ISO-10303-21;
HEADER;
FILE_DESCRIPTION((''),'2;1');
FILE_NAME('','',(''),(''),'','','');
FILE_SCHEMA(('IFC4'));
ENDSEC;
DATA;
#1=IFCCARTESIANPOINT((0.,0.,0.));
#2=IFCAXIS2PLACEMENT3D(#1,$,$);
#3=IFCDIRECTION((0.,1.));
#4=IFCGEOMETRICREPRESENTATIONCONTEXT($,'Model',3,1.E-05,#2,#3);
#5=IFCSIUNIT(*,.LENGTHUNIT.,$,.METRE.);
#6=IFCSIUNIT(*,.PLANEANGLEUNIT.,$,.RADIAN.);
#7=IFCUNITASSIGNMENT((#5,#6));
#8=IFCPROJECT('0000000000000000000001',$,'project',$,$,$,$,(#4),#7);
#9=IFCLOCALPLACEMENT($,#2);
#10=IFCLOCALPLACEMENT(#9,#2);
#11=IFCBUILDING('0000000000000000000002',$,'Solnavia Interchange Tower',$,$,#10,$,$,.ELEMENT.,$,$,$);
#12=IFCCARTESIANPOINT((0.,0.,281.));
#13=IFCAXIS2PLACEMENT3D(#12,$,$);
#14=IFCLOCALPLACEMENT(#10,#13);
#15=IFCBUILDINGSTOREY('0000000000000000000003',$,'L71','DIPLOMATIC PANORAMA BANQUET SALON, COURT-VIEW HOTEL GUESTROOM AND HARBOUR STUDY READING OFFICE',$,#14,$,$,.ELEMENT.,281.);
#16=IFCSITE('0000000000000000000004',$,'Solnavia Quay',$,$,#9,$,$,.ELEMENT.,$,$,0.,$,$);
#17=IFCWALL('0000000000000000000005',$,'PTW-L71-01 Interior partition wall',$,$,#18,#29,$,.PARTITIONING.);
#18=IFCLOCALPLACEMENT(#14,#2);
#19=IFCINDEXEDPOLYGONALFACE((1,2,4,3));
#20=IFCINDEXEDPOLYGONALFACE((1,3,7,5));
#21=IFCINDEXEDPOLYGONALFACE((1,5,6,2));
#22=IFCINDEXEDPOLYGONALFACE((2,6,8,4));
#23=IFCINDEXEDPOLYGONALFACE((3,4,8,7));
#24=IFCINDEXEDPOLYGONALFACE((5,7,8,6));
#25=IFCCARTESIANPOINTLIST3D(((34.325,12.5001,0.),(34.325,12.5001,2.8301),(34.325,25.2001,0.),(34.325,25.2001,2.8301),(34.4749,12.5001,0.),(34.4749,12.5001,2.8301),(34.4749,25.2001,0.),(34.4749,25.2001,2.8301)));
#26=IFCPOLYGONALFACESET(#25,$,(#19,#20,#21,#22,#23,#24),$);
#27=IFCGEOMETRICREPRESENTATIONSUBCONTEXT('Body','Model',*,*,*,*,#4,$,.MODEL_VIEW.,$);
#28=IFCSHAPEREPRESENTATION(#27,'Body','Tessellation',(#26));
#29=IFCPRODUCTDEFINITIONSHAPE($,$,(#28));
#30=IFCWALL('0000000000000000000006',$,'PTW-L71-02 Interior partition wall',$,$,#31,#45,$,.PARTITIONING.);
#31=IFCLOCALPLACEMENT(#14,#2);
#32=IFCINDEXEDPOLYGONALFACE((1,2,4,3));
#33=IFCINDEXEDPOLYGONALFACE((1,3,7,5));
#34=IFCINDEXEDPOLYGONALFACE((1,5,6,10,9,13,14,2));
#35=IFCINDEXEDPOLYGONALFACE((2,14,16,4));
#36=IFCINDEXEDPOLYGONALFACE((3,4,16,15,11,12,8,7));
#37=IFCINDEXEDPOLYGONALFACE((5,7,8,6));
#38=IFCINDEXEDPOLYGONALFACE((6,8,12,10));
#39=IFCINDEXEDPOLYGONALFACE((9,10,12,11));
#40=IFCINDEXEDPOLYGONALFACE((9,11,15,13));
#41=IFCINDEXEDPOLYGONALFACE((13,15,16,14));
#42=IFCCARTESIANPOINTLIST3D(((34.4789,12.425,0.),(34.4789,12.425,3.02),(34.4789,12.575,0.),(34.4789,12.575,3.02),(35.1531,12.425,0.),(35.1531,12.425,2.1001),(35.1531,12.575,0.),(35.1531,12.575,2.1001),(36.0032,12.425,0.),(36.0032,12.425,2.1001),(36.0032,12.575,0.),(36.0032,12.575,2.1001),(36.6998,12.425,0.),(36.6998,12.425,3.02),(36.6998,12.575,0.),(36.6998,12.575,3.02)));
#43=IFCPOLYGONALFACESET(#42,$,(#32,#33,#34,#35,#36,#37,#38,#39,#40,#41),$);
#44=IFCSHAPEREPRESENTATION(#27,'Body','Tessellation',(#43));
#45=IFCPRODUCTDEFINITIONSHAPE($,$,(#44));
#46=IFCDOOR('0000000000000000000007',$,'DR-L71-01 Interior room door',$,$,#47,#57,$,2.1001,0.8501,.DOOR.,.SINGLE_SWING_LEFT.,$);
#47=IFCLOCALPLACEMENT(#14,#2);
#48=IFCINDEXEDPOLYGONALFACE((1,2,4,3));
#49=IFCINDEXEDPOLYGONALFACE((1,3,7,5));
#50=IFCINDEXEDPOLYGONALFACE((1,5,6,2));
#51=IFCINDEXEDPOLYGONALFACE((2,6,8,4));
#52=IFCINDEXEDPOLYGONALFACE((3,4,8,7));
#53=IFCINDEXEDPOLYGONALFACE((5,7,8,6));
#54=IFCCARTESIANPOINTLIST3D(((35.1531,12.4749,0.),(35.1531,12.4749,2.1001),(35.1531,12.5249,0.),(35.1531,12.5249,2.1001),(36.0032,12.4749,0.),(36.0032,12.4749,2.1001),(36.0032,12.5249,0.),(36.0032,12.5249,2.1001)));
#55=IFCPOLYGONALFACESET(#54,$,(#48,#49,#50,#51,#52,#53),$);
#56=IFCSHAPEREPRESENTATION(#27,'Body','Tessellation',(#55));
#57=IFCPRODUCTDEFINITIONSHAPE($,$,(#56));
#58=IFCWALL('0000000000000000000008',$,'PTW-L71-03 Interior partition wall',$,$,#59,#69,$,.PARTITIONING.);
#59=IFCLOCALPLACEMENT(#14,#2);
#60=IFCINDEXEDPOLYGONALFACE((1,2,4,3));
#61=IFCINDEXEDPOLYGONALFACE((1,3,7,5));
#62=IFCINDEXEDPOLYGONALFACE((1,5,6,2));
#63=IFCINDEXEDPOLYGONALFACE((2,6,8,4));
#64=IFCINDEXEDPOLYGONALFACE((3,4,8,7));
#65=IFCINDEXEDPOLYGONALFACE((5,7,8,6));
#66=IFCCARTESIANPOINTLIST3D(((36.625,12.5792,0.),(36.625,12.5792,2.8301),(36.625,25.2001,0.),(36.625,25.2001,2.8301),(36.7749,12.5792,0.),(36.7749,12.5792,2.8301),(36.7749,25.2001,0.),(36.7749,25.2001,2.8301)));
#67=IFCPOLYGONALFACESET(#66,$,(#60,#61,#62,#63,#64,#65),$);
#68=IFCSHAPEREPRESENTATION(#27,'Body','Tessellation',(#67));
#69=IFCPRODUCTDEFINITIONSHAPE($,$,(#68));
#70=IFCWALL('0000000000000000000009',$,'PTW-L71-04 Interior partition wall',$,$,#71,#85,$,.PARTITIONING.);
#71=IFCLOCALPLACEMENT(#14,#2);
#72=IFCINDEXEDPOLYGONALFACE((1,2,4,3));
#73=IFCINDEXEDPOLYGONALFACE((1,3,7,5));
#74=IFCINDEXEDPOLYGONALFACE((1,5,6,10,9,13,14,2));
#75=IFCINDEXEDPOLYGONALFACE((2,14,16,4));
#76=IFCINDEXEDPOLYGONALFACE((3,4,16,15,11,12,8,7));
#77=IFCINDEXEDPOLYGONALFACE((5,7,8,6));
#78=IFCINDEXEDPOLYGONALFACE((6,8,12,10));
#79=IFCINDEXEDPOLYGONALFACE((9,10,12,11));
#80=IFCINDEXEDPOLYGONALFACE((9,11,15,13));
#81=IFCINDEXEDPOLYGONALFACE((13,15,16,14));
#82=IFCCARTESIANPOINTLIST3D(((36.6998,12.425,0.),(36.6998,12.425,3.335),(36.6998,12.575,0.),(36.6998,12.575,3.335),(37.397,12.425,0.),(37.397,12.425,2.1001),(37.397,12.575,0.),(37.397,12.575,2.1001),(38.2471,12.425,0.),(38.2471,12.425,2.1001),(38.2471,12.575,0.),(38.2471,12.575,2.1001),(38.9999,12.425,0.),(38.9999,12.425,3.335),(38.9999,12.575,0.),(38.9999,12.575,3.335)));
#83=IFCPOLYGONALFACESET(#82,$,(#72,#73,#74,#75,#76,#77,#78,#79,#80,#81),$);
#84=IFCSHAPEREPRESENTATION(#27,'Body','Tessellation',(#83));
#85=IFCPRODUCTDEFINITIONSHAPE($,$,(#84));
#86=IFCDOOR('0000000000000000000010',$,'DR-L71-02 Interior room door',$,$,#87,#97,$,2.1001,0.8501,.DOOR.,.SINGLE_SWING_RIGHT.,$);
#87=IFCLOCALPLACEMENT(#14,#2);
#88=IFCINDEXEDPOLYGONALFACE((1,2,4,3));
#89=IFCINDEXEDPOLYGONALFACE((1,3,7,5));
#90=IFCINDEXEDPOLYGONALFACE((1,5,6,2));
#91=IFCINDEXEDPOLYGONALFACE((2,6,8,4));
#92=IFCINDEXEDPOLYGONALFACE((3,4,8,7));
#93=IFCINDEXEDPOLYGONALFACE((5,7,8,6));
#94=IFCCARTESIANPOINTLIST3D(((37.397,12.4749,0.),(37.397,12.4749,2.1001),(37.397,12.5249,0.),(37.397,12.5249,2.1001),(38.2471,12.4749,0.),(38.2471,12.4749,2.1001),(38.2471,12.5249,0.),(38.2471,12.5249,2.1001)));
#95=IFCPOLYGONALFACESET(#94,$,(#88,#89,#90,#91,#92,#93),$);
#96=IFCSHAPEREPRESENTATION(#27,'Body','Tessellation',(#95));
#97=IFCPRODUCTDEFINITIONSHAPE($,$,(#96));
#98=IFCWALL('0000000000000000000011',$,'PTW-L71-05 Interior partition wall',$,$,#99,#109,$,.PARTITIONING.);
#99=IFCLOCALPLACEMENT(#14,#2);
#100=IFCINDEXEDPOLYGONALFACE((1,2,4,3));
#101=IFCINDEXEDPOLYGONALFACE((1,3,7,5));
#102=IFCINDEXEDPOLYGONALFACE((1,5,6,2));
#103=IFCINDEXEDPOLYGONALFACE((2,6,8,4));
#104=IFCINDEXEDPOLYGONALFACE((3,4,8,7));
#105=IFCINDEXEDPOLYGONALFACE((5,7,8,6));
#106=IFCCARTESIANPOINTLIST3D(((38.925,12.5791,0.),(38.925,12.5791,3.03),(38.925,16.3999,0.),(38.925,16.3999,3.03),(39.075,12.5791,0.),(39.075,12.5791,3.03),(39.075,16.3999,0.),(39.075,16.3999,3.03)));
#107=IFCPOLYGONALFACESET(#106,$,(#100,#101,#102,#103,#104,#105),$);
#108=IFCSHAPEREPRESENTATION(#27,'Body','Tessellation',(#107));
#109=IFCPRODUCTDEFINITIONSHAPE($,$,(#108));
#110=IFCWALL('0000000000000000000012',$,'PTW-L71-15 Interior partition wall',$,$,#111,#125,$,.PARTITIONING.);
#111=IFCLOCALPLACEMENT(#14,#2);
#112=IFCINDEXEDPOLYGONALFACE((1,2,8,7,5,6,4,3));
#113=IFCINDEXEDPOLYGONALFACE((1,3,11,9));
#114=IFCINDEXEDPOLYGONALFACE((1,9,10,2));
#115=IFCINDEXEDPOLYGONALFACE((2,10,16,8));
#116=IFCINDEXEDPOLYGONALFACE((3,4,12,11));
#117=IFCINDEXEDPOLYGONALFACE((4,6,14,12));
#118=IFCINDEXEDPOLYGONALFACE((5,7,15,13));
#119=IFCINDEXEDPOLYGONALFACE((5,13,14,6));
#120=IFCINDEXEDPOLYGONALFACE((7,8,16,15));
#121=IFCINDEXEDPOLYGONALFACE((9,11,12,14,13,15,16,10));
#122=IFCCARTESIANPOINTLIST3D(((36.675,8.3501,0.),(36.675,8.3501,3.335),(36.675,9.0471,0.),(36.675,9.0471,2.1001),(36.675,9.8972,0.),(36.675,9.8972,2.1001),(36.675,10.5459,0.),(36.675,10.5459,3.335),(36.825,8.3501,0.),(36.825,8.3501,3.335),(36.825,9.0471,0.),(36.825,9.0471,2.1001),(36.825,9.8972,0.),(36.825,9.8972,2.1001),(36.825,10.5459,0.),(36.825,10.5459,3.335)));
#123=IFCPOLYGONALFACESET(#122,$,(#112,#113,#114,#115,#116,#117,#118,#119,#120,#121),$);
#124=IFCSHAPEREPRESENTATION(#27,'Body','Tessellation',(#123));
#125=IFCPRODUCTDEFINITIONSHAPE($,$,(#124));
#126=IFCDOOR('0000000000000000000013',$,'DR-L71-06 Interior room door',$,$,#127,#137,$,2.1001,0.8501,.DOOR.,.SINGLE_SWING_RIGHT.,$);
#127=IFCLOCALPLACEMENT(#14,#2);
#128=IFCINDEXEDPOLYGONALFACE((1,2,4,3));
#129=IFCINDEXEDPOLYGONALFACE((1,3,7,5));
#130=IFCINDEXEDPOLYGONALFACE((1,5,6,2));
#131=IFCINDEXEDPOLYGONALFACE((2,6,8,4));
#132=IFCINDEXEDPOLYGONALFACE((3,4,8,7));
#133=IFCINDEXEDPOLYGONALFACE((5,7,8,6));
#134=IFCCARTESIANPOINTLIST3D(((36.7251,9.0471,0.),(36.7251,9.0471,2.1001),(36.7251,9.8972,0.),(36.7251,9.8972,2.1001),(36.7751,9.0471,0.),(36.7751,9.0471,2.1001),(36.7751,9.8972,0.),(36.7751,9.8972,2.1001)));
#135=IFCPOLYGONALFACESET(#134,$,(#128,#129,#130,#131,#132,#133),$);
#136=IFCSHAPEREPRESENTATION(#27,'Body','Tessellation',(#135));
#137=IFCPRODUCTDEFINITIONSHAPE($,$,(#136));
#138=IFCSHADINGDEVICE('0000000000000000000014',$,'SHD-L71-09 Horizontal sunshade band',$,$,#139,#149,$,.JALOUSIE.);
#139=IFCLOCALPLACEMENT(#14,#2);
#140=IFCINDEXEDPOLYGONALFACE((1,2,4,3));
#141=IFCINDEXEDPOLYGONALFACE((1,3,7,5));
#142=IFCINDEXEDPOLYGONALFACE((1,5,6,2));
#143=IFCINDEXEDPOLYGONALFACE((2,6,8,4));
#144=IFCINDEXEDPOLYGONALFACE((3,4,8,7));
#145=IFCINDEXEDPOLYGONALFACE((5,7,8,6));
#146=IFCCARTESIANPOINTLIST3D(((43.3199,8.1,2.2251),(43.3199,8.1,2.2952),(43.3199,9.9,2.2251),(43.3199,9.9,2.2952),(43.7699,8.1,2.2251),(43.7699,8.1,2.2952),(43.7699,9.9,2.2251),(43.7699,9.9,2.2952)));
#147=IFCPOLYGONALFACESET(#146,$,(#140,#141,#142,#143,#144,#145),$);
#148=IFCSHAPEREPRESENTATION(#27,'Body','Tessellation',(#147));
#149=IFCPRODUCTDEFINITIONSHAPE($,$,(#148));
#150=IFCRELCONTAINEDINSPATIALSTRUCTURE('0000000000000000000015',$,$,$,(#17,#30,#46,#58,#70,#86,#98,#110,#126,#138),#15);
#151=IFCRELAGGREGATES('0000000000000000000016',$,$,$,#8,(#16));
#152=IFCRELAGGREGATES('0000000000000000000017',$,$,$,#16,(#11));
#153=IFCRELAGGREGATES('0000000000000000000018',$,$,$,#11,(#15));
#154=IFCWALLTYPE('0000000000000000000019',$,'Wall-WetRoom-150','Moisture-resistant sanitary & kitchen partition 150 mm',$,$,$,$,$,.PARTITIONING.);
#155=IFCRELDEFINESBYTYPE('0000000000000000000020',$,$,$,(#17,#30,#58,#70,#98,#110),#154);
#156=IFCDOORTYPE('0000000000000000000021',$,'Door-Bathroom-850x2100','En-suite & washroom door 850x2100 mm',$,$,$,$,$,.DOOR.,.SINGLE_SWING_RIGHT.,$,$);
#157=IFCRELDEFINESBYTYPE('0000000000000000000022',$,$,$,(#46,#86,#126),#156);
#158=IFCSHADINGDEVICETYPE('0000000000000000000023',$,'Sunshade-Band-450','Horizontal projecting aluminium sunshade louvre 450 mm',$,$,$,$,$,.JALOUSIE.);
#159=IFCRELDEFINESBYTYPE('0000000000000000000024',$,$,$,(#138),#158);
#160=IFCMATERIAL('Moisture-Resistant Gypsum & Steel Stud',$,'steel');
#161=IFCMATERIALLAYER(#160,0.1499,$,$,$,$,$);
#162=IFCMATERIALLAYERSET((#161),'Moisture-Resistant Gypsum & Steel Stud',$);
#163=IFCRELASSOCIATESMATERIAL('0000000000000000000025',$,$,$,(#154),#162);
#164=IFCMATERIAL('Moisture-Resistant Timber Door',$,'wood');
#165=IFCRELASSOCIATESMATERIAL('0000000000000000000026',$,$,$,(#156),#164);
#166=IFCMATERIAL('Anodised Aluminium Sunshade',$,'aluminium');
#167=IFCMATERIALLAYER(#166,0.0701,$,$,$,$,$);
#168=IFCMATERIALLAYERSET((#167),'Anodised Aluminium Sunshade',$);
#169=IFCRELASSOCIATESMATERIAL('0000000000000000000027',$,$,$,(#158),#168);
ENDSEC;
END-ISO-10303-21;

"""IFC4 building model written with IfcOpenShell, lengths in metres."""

from ifc_helpers import new_model, si_unit, direction, frame, frame_2d, origin, origin_2d, place, context, subcontext, project, spatial, rectangle, extrude, material, layer, layer_set, type_object, element, fill, save


model = new_model("IFC4")

# Units and contexts
model_context = context("Model", 3, precision=1e-05, world=origin(), true_north=direction((0.0, 1.0)))
body_context = subcontext(model_context, "Body", "Model", "MODEL_VIEW")
ifc_project = project(units=[si_unit("LENGTHUNIT", "METRE"), si_unit("PLANEANGLEUNIT", "RADIAN")], contexts=[model_context])

# Site, building, storey
site_placement = place(None, origin())
site = spatial("IfcSite", under=ifc_project, at=site_placement, Name="Solnavia Quay", CompositionType="ELEMENT", RefElevation=0.0)
building_placement = place(site_placement, origin())
building = spatial("IfcBuilding", under=site, at=building_placement, Name="Solnavia Interchange Tower", CompositionType="ELEMENT")
storey_placement = place(building_placement, frame((0.0, 0.0, 281.0)))
storey = spatial("IfcBuildingStorey", under=building, at=storey_placement, Name="L71", Description="DIPLOMATIC PANORAMA BANQUET SALON, COURT-VIEW HOTEL GUESTROOM AND HARBOUR STUDY READING OFFICE", CompositionType="ELEMENT", Elevation=281.0)

# Wall
ifc_material_1 = material(Name="Moisture-Resistant Gypsum & Steel Stud", Category="steel")
ifc_layer_1 = layer(ifc_material_1, 0.1499)
ifc_layer_set_1 = layer_set([ifc_layer_1], Name="Moisture-Resistant Gypsum & Steel Stud")
wall_type_1 = type_object("IfcWallType", Name="Wall-WetRoom-150", Description="Moisture-resistant sanitary & kitchen partition 150 mm", PredefinedType="PARTITIONING", material=ifc_layer_set_1)
wall_1_placement = place(storey_placement, frame((34.3999, 12.5, 0.0), z_axis=(0.0, 0.0, 1.0), x_axis=(0.0, 1.0, 0.0)))
element("IfcWall", 1, at=wall_1_placement, inside=storey, type_object=wall_type_1, Name="PTW-L71-01 Interior partition wall", PredefinedType="PARTITIONING", context=body_context, shape_type="SweptSolid", body=[
    extrude(rectangle(XDim=12.7, YDim=0.1499, at=frame_2d((6.3501, 0.0))), origin(), (0.0, 0.0, 1.0), 2.8301),
])

# Wall, opening, door
wall_2_placement = place(storey_placement, frame((34.479, 12.5, 0.0), z_axis=(0.0, 0.0, 1.0), x_axis=(1.0, 0.0, 0.0)))
wall_2 = element("IfcWall", 2, at=wall_2_placement, inside=storey, type_object=wall_type_1, Name="PTW-L71-02 Interior partition wall", PredefinedType="PARTITIONING", context=body_context, shape_type="SweptSolid", body=[
    extrude(rectangle(XDim=2.2209, YDim=0.1499, at=frame_2d((1.1104, 0.0))), origin(), (0.0, 0.0, 1.0), 3.02),
])
opening_1_placement = place(wall_2_placement, frame((0.6741, 0.0, 0.0)))
opening_1 = element("IfcOpeningElement", 3, at=opening_1_placement, cuts=wall_2, PredefinedType="OPENING", context=body_context, shape_type="SweptSolid", body=[
    extrude(rectangle(XDim=0.8501, YDim=2.1001, at=frame_2d((0.425, 1.05))), frame((0.0, 0.085, 0.0), z_axis=(0.0, -1.0, 0.0), x_axis=(1.0, 0.0, 0.0)), (0.0, 0.0, 1.0), 0.1699),
])
ifc_material_2 = material(Name="Moisture-Resistant Timber Door", Category="wood")
door_type_1 = type_object("IfcDoorType", Name="Door-Bathroom-850x2100", Description="En-suite & washroom door 850x2100 mm", OperationType="SINGLE_SWING_RIGHT", PredefinedType="DOOR", material=ifc_material_2)
door_1_placement = place(opening_1_placement, origin())
door_1 = element("IfcDoor", 4, at=door_1_placement, inside=storey, type_object=door_type_1, Name="DR-L71-01 Interior room door", OperationType="SINGLE_SWING_LEFT", OverallHeight=2.1001, OverallWidth=0.8501, PredefinedType="DOOR", context=body_context, shape_type="SweptSolid", body=[
    extrude(rectangle(XDim=0.8501, YDim=2.1001, at=frame_2d((0.425, 1.05))), frame((0.0, 0.0249, 0.0), z_axis=(0.0, -1.0, 0.0), x_axis=(1.0, 0.0, 0.0)), (0.0, 0.0, 1.0), 0.05),
])
fill(opening_1, door_1)

# Wall
wall_3_placement = place(storey_placement, frame((36.7, 12.5791, 0.0), z_axis=(0.0, 0.0, 1.0), x_axis=(0.0, 1.0, 0.0)))
element("IfcWall", 5, at=wall_3_placement, inside=storey, type_object=wall_type_1, Name="PTW-L71-03 Interior partition wall", PredefinedType="PARTITIONING", context=body_context, shape_type="SweptSolid", body=[
    extrude(rectangle(XDim=12.6208, YDim=0.1499, at=frame_2d((6.3105, 0.0))), origin(), (0.0, 0.0, 1.0), 2.8301),
])

# Wall, opening, door
wall_4_placement = place(storey_placement, frame((36.7, 12.5, 0.0), z_axis=(0.0, 0.0, 1.0), x_axis=(1.0, 0.0, 0.0)))
wall_4 = element("IfcWall", 6, at=wall_4_placement, inside=storey, type_object=wall_type_1, Name="PTW-L71-04 Interior partition wall", PredefinedType="PARTITIONING", context=body_context, shape_type="SweptSolid", body=[
    extrude(rectangle(XDim=2.3, YDim=0.1499, at=frame_2d((1.1499, 0.0))), origin(), (0.0, 0.0, 1.0), 3.335),
])
opening_2_placement = place(wall_4_placement, frame((0.697, 0.0, 0.0)))
opening_2 = element("IfcOpeningElement", 7, at=opening_2_placement, cuts=wall_4, PredefinedType="OPENING", context=body_context, shape_type="SweptSolid", body=[
    extrude(rectangle(XDim=0.8501, YDim=2.1001, at=frame_2d((0.425, 1.05))), frame((0.0, 0.085, 0.0), z_axis=(0.0, -1.0, 0.0), x_axis=(1.0, 0.0, 0.0)), (0.0, 0.0, 1.0), 0.1699),
])
door_2_placement = place(opening_2_placement, origin())
door_2 = element("IfcDoor", 8, at=door_2_placement, inside=storey, type_object=door_type_1, Name="DR-L71-02 Interior room door", OperationType="SINGLE_SWING_RIGHT", OverallHeight=2.1001, OverallWidth=0.8501, PredefinedType="DOOR", context=body_context, shape_type="SweptSolid", body=[
    extrude(rectangle(XDim=0.8501, YDim=2.1001, at=frame_2d((0.425, 1.05))), frame((0.0, 0.0249, 0.0), z_axis=(0.0, -1.0, 0.0), x_axis=(1.0, 0.0, 0.0)), (0.0, 0.0, 1.0), 0.05),
])
fill(opening_2, door_2)

# Wall
wall_5_placement = place(storey_placement, frame((39.0, 12.5791, 0.0), z_axis=(0.0, 0.0, 1.0), x_axis=(0.0, 1.0, 0.0)))
element("IfcWall", 9, at=wall_5_placement, inside=storey, type_object=wall_type_1, Name="PTW-L71-05 Interior partition wall", PredefinedType="PARTITIONING", context=body_context, shape_type="SweptSolid", body=[
    extrude(rectangle(XDim=3.8208, YDim=0.1499, at=frame_2d((1.9104, 0.0))), origin(), (0.0, 0.0, 1.0), 3.03),
])

# Wall, opening, door
wall_6_placement = place(storey_placement, frame((36.75, 8.3501, 0.0), z_axis=(0.0, 0.0, 1.0), x_axis=(0.0, 1.0, 0.0)))
wall_6 = element("IfcWall", 10, at=wall_6_placement, inside=storey, type_object=wall_type_1, Name="PTW-L71-15 Interior partition wall", PredefinedType="PARTITIONING", context=body_context, shape_type="SweptSolid", body=[
    extrude(rectangle(XDim=2.1958, YDim=0.1499, at=frame_2d((1.0979, 0.0))), origin(), (0.0, 0.0, 1.0), 3.335),
])
opening_3_placement = place(wall_6_placement, frame((0.697, 0.0, 0.0)))
opening_3 = element("IfcOpeningElement", 11, at=opening_3_placement, cuts=wall_6, PredefinedType="OPENING", context=body_context, shape_type="SweptSolid", body=[
    extrude(rectangle(XDim=0.8501, YDim=2.1001, at=frame_2d((0.425, 1.05))), frame((0.0, 0.085, 0.0), z_axis=(0.0, -1.0, 0.0), x_axis=(1.0, 0.0, 0.0)), (0.0, 0.0, 1.0), 0.1699),
])
door_3_placement = place(opening_3_placement, origin())
door_3 = element("IfcDoor", 12, at=door_3_placement, inside=storey, type_object=door_type_1, Name="DR-L71-06 Interior room door", OperationType="SINGLE_SWING_RIGHT", OverallHeight=2.1001, OverallWidth=0.8501, PredefinedType="DOOR", context=body_context, shape_type="SweptSolid", body=[
    extrude(rectangle(XDim=0.8501, YDim=2.1001, at=frame_2d((0.425, 1.05))), frame((0.0, 0.0249, 0.0), z_axis=(0.0, -1.0, 0.0), x_axis=(1.0, 0.0, 0.0)), (0.0, 0.0, 1.0), 0.05),
])
fill(opening_3, door_3)

# Shading device
ifc_material_3 = material(Name="Anodised Aluminium Sunshade", Category="aluminium")
ifc_layer_2 = layer(ifc_material_3, 0.0701)
ifc_layer_set_2 = layer_set([ifc_layer_2], Name="Anodised Aluminium Sunshade")
shading_device_type = type_object("IfcShadingDeviceType", Name="Sunshade-Band-450", Description="Horizontal projecting aluminium sunshade louvre 450 mm", PredefinedType="JALOUSIE", material=ifc_layer_set_2)
shading_device_placement = place(storey_placement, frame((43.5449, 9.0, 2.2251), z_axis=(0.0, 0.0, 1.0), x_axis=(0.0, -1.0, 0.0)))
element("IfcShadingDevice", 13, at=shading_device_placement, inside=storey, type_object=shading_device_type, Name="SHD-L71-09 Horizontal sunshade band", PredefinedType="JALOUSIE", context=body_context, shape_type="SweptSolid", body=[
    extrude(rectangle(XDim=1.8, YDim=0.45, at=origin_2d()), origin(), (0.0, 0.0, 1.0), 0.0701),
])

save(model, "model.ifc")
